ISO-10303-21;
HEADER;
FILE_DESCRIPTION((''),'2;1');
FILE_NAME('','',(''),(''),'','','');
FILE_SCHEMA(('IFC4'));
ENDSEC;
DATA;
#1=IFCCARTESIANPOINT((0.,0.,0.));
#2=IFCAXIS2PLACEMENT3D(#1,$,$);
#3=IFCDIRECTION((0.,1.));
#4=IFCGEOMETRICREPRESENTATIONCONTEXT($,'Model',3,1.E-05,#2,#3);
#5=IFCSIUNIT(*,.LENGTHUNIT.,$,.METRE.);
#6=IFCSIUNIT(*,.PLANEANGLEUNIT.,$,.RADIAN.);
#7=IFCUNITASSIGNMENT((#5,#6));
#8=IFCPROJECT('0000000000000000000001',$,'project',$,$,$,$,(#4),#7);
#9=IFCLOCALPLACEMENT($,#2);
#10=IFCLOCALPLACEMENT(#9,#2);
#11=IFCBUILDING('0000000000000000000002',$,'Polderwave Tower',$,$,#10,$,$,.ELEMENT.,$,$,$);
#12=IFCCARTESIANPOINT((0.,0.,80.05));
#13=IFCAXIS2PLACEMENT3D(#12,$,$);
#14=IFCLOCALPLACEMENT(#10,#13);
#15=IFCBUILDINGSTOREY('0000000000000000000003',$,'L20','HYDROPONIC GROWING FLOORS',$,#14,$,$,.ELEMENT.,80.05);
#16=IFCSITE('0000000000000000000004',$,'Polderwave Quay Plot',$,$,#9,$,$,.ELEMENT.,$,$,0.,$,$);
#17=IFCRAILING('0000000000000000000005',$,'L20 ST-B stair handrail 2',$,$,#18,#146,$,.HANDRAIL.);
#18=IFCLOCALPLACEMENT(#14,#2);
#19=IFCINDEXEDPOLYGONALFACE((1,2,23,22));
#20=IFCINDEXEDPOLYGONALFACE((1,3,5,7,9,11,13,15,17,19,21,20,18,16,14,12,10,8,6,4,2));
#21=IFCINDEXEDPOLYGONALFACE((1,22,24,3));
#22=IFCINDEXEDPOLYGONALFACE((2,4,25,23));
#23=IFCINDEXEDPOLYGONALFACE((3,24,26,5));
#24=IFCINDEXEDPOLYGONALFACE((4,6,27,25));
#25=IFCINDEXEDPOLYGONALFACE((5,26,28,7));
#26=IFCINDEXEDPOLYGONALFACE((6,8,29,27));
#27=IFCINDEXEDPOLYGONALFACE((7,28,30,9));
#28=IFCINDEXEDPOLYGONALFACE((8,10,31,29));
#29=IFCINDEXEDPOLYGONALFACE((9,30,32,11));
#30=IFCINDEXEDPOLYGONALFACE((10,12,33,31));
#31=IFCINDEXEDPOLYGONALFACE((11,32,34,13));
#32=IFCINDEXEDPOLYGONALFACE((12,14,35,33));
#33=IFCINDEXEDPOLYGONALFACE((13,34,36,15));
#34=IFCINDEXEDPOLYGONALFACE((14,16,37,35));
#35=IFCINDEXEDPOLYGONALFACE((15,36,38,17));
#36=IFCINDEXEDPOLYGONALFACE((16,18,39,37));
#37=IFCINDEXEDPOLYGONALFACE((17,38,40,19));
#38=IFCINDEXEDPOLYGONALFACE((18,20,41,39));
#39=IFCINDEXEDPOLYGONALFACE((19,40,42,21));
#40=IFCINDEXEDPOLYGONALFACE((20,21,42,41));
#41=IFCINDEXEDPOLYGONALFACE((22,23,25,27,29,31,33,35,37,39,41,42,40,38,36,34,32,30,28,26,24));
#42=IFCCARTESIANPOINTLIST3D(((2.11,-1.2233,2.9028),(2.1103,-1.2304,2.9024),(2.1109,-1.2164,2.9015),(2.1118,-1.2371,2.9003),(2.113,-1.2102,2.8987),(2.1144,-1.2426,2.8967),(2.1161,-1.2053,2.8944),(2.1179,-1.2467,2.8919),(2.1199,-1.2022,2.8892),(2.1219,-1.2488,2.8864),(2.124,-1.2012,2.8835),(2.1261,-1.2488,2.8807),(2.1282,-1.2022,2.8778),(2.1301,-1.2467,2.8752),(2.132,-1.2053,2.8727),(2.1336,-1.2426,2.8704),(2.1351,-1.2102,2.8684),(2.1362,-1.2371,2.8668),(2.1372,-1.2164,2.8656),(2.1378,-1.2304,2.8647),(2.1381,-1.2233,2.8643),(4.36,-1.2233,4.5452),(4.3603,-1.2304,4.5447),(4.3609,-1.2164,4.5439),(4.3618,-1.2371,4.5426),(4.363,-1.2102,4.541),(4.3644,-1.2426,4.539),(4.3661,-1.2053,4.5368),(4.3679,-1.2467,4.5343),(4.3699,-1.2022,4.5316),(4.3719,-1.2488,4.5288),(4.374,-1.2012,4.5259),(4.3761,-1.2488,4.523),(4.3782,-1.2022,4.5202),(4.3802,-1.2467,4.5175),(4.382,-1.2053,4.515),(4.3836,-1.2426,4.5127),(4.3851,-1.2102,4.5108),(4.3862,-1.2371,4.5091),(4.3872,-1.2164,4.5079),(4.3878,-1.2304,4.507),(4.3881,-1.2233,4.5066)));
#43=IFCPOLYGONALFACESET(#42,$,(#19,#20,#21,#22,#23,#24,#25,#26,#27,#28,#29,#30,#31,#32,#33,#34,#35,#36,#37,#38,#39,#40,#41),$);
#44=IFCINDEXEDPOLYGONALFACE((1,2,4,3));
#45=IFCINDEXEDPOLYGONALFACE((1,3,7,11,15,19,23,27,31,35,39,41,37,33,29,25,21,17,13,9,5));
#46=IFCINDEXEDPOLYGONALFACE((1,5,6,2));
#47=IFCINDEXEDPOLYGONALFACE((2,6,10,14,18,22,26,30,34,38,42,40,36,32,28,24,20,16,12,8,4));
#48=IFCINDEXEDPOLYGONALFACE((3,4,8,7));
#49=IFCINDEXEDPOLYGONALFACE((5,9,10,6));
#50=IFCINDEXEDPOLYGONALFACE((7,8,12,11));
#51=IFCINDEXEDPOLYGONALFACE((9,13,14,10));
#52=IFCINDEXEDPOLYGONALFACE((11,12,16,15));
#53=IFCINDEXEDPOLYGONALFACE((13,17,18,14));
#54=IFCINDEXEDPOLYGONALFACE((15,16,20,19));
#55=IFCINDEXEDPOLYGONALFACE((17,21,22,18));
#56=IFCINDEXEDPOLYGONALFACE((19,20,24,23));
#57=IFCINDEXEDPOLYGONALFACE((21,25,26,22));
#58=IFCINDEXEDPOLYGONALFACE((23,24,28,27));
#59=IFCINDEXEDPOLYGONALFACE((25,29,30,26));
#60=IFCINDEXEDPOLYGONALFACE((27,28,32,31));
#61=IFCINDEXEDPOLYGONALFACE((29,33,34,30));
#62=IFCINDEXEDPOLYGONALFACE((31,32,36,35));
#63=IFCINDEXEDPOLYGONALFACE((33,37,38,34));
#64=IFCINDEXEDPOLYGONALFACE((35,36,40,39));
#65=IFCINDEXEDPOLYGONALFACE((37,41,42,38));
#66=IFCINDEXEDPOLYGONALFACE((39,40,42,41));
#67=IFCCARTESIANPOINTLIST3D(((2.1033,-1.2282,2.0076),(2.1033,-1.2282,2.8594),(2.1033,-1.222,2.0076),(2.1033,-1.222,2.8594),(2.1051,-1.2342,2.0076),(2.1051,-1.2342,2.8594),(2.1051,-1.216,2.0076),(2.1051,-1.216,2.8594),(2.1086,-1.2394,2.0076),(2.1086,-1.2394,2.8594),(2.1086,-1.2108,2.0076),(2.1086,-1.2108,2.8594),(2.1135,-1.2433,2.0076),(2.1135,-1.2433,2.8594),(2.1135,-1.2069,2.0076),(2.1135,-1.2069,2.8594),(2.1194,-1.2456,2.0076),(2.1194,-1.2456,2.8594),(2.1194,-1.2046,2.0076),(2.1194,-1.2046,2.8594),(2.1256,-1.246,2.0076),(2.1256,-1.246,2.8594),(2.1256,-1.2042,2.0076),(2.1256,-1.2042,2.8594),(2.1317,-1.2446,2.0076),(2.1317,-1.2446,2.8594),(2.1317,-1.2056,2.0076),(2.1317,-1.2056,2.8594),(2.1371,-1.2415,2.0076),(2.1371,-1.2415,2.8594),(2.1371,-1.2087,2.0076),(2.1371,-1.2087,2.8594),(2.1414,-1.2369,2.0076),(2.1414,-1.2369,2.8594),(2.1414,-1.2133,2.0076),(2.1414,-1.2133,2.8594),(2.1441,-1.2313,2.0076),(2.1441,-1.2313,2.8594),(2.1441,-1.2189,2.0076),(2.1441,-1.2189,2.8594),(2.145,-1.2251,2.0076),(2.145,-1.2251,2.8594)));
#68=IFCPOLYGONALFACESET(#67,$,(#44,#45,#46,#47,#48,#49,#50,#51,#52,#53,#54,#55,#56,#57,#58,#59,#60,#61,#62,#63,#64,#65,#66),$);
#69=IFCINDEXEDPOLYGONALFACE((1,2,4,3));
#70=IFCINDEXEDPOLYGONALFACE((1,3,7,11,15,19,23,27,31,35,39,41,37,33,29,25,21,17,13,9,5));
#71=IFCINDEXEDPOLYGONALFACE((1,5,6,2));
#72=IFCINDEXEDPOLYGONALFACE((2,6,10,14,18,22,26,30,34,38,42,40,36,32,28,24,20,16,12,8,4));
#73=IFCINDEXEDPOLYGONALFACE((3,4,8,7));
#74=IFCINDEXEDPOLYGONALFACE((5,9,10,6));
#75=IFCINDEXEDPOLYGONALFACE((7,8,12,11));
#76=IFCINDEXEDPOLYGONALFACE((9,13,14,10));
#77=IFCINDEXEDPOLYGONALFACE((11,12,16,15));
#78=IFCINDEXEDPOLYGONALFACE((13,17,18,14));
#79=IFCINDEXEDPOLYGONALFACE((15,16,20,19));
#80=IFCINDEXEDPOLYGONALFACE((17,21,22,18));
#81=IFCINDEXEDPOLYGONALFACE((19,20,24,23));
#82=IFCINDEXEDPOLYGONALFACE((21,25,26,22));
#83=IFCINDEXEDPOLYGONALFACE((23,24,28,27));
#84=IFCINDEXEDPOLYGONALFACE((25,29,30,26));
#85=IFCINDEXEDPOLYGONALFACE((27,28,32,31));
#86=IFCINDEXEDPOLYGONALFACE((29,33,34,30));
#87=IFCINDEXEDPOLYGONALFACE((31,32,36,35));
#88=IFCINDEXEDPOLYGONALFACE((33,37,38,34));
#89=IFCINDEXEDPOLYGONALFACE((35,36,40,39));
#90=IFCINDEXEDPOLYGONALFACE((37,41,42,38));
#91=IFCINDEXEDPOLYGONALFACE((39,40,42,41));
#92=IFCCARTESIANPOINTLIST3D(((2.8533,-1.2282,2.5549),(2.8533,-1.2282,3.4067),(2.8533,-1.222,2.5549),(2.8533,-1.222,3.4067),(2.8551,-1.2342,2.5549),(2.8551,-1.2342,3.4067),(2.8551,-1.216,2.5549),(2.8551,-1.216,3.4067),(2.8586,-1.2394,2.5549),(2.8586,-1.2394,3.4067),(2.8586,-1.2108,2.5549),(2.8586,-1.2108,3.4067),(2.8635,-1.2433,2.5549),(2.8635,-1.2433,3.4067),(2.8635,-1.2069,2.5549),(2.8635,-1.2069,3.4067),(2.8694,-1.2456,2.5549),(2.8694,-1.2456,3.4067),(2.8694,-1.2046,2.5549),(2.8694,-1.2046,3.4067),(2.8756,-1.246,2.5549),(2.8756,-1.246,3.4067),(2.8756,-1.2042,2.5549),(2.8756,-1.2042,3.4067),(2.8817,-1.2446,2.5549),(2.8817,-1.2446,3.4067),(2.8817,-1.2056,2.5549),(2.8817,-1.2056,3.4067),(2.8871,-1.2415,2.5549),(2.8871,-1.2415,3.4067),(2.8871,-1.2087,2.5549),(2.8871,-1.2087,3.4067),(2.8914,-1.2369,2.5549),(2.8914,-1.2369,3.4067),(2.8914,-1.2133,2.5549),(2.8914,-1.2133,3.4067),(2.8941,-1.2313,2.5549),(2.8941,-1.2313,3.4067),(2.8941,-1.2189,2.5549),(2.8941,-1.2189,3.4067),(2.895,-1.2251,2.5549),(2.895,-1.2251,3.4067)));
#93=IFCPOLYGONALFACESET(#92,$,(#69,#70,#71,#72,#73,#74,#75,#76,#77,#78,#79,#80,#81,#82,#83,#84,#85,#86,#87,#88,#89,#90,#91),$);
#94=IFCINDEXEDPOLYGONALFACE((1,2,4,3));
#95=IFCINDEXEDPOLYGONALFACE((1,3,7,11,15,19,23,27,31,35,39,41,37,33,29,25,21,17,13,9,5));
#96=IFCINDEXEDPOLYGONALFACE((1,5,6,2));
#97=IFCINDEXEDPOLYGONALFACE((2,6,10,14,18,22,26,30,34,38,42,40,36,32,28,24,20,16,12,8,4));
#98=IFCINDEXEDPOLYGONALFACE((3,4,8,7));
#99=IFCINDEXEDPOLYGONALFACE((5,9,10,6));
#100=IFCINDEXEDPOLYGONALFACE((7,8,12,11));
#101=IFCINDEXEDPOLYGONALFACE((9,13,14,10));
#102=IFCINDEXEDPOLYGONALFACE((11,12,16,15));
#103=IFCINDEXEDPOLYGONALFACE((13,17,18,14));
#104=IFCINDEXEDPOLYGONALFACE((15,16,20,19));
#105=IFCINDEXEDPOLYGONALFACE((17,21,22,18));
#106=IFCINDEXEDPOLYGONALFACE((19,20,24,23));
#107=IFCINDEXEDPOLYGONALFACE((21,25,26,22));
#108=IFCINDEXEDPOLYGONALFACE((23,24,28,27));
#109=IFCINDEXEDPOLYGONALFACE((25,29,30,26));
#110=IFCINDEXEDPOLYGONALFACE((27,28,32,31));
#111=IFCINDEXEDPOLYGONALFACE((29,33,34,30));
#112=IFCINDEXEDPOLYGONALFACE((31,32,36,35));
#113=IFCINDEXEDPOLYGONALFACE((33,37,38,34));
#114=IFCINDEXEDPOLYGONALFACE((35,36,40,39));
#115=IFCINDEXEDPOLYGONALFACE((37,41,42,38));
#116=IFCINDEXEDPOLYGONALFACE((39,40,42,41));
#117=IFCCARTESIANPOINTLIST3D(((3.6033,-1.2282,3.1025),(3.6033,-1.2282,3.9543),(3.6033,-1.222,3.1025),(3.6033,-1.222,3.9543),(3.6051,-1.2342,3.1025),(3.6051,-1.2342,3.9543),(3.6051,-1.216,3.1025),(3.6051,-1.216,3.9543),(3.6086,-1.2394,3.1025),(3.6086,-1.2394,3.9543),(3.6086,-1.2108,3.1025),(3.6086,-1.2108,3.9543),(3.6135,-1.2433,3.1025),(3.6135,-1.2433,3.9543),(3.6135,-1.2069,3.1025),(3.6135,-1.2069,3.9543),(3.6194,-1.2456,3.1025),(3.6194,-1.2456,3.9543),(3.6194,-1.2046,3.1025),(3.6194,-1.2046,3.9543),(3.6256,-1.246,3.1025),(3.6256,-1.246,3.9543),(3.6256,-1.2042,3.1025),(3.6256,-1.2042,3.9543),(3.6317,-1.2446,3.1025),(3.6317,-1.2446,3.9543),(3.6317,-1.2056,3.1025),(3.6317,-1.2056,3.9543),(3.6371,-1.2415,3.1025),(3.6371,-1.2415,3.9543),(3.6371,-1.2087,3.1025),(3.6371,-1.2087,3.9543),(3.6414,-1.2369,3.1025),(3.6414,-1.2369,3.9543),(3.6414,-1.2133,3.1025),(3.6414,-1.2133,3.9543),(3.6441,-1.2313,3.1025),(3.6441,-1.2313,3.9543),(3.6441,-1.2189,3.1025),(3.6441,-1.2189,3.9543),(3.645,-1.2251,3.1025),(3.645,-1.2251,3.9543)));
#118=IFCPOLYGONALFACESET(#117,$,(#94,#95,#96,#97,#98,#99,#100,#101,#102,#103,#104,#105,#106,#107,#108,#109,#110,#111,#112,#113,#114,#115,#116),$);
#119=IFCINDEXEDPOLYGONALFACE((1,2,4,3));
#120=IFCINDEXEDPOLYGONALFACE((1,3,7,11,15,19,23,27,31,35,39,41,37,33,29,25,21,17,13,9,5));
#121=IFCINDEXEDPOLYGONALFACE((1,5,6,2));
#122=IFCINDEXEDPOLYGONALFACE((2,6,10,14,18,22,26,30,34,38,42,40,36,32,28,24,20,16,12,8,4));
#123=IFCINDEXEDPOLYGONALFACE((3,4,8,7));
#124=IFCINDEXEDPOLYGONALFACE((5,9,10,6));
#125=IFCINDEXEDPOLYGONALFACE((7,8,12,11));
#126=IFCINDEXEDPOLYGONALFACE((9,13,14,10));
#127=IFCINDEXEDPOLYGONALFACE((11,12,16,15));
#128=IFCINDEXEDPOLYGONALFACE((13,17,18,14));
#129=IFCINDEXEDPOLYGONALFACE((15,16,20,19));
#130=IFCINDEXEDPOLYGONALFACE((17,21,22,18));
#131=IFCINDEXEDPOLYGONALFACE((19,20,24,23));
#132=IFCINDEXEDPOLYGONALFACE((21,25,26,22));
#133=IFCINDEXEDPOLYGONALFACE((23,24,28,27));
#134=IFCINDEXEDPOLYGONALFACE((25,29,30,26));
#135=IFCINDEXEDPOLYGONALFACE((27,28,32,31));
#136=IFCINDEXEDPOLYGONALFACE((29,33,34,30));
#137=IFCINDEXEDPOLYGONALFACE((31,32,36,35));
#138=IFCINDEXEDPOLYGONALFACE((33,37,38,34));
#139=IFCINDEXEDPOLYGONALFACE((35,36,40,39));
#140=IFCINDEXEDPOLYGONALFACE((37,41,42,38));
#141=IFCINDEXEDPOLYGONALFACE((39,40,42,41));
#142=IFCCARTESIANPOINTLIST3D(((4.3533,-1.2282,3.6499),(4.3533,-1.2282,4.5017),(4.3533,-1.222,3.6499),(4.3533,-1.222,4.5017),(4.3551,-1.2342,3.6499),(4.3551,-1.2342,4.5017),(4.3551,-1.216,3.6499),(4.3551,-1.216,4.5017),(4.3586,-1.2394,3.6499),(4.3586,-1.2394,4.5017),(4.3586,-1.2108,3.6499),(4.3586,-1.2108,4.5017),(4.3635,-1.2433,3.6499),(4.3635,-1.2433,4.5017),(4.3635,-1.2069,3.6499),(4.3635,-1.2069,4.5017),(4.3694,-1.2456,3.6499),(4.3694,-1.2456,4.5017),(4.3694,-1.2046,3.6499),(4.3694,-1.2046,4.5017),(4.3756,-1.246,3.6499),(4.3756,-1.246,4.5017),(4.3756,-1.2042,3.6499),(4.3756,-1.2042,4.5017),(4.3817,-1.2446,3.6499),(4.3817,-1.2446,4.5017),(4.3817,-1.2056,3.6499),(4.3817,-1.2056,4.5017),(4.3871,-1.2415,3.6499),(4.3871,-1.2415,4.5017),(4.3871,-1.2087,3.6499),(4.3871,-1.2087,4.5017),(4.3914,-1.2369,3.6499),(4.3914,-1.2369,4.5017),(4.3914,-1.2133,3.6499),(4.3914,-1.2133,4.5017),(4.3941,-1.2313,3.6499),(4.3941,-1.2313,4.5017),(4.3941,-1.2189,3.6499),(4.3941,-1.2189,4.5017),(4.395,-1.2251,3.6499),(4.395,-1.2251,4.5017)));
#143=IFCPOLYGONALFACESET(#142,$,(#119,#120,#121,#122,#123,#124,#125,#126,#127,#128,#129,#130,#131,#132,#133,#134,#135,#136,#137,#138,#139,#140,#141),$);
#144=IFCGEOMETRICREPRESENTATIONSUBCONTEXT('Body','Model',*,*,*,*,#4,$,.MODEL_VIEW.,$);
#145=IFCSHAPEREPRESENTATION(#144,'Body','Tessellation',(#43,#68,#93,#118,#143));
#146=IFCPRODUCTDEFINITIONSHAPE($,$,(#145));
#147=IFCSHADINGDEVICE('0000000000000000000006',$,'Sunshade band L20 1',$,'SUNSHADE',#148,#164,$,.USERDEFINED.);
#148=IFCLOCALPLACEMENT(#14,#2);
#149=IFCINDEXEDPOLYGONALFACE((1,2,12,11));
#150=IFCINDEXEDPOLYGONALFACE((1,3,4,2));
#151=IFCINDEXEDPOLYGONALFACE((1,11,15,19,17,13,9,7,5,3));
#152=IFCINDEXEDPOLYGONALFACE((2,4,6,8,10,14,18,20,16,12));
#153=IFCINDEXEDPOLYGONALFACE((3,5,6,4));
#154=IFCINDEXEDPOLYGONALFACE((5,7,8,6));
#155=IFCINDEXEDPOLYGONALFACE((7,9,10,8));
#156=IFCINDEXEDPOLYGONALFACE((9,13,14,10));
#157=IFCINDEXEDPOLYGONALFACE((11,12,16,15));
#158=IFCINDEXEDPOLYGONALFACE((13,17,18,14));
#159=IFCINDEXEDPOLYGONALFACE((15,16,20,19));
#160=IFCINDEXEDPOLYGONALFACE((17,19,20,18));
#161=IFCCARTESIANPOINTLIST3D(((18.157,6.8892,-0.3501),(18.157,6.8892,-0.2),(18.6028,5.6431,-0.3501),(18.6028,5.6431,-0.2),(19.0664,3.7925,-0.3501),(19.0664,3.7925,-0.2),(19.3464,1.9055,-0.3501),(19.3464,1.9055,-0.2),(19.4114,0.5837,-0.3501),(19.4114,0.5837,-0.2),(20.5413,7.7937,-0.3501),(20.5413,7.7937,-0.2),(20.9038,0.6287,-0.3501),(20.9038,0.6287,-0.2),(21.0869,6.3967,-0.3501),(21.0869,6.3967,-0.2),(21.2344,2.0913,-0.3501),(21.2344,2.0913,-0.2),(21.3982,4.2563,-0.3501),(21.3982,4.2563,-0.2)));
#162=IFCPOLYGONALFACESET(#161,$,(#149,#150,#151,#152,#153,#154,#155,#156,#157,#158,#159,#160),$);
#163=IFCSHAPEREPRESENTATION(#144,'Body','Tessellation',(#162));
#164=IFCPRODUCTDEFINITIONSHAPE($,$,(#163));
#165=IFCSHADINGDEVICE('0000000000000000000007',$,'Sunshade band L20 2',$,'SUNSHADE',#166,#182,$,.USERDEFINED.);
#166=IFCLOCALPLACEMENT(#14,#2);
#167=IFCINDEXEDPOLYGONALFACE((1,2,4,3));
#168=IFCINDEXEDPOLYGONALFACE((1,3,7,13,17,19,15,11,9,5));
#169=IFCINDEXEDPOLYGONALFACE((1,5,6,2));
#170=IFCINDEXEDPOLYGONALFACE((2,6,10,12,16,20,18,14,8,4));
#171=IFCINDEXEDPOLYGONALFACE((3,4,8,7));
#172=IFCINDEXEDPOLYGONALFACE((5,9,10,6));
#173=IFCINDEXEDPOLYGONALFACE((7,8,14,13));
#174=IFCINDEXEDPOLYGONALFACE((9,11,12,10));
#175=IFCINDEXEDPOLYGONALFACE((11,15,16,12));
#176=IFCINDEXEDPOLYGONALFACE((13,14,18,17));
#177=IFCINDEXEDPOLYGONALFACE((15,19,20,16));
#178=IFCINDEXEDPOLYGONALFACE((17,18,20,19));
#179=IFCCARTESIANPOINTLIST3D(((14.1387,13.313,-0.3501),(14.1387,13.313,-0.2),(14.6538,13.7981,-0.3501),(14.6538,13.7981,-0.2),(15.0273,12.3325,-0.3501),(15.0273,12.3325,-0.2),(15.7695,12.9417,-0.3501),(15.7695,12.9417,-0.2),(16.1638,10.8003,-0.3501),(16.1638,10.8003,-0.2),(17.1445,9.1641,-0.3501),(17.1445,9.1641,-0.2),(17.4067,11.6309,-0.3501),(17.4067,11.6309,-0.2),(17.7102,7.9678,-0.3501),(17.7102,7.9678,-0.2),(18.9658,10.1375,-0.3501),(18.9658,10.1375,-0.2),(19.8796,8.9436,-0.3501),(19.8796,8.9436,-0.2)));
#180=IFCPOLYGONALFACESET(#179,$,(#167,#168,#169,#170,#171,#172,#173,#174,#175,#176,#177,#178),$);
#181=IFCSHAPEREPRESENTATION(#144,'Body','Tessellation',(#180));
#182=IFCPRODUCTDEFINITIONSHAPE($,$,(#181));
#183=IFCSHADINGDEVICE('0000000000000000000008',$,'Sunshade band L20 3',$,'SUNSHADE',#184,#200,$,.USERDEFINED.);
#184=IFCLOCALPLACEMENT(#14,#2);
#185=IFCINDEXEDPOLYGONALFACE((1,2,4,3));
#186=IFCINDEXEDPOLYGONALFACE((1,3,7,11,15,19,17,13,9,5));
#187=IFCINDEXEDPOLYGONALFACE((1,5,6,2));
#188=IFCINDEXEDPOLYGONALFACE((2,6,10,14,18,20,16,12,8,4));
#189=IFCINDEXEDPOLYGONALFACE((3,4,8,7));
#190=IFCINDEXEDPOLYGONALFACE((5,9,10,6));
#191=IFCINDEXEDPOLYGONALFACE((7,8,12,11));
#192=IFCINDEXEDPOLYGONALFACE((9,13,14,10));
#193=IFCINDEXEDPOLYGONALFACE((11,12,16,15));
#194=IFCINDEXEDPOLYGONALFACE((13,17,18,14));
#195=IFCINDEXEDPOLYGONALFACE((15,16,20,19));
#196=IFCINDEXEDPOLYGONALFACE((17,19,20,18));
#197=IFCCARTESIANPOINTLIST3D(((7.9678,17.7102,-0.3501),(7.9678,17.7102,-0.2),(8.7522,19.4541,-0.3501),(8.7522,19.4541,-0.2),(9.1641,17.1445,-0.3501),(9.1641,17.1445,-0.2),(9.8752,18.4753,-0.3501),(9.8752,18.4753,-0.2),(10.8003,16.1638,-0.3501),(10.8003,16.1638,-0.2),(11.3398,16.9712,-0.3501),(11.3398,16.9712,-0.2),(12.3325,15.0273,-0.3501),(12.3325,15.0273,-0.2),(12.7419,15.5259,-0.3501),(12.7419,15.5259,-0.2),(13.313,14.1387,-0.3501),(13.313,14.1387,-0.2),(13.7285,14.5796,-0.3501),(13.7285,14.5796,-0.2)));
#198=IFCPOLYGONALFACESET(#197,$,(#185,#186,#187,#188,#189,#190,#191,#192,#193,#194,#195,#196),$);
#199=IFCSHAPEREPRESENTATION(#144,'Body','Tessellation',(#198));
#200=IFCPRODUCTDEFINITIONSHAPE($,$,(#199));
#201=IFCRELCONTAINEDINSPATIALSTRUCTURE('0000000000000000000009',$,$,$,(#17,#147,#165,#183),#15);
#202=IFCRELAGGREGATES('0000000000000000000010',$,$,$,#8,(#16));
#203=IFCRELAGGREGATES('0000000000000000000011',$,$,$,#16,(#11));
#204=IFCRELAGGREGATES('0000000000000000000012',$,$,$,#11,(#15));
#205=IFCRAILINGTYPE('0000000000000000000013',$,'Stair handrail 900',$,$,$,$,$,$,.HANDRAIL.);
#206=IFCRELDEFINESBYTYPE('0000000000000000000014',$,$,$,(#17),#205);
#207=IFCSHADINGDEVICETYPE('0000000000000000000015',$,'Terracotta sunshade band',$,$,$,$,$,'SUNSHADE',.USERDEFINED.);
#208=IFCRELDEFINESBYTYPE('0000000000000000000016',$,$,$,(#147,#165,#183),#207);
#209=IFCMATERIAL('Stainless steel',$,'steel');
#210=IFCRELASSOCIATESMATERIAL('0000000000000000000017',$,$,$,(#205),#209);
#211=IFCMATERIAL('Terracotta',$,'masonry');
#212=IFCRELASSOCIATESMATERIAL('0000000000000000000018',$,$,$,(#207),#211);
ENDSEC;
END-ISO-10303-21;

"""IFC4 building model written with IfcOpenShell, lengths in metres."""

from ifc_helpers import new_model, si_unit, direction, frame, origin, origin_2d, place, context, subcontext, project, spatial, polyline, circle, outline, extrude, material, type_object, element, save


model = new_model("IFC4")

# Units and contexts
model_context = context("Model", 3, precision=1e-05, world=origin(), true_north=direction((0.0, 1.0)))
body_context = subcontext(model_context, "Body", "Model", "MODEL_VIEW")
ifc_project = project(units=[si_unit("LENGTHUNIT", "METRE"), si_unit("PLANEANGLEUNIT", "RADIAN")], contexts=[model_context])

# Site, building, storey
site_placement = place(None, origin())
site = spatial("IfcSite", under=ifc_project, at=site_placement, Name="Polderwave Quay Plot", CompositionType="ELEMENT", RefElevation=0.0)
building_placement = place(site_placement, origin())
building = spatial("IfcBuilding", under=site, at=building_placement, Name="Polderwave Tower", CompositionType="ELEMENT")
storey_placement = place(building_placement, frame((0.0, 0.0, 80.05)))
storey = spatial("IfcBuildingStorey", under=building, at=storey_placement, Name="L20", Description="HYDROPONIC GROWING FLOORS", CompositionType="ELEMENT", Elevation=80.05)

# Railing
ifc_material_1 = material(Name="Stainless steel", Category="steel")
railing_type_1 = type_object("IfcRailingType", Name="Stair handrail 900", PredefinedType="HANDRAIL", material=ifc_material_1)
railing_1_placement = place(storey_placement, frame((2.124, -1.2251, 2.0076)))
element("IfcRailing", 1, at=railing_1_placement, inside=storey, type_object=railing_type_1, Name="L20 ST-B stair handrail 2", PredefinedType="HANDRAIL", context=body_context, shape_type="SweptSolid", body=[
    extrude(circle(Radius=0.0239, at=origin_2d()), frame((0.0, 0.0, 0.876), z_axis=(0.807715, 0.0, 0.589573), x_axis=(0.0, 1.0, 0.0)), (0.0, 0.0, 1.0), 2.7856),
    extrude(circle(Radius=0.021, at=origin_2d()), origin(), (0.0, 0.0, 1.0), 0.8518),
    extrude(circle(Radius=0.021, at=origin_2d()), frame((0.75, 0.0, 0.5474)), (0.0, 0.0, 1.0), 0.8518),
    extrude(circle(Radius=0.021, at=origin_2d()), frame((1.5, 0.0, 1.095)), (0.0, 0.0, 1.0), 0.8518),
    extrude(circle(Radius=0.021, at=origin_2d()), frame((2.25, 0.0, 1.6423)), (0.0, 0.0, 1.0), 0.8518),
])

# Shading devices
ifc_material_2 = material(Name="Terracotta", Category="masonry")
shading_device_type = type_object("IfcShadingDeviceType", Name="Terracotta sunshade band", ElementType="SUNSHADE", PredefinedType="USERDEFINED", material=ifc_material_2)
shading_device_1_placement = place(storey_placement, frame((0.0, 0.0, -0.3501)))
element("IfcShadingDevice", 2, at=shading_device_1_placement, inside=storey, type_object=shading_device_type, Name="Sunshade band L20 1", ObjectType="SUNSHADE", PredefinedType="USERDEFINED", context=body_context, shape_type="SweptSolid", body=[
    extrude(outline(polyline([(19.4114, 0.5837), (19.3464, 1.9055), (19.0664, 3.7925), (18.6028, 5.6431), (18.157, 6.8892), (20.5413, 7.7937), (21.0869, 6.3967), (21.3982, 4.2563), (21.2344, 2.0913), (20.9038, 0.6287), (19.4114, 0.5837)])), origin(), (0.0, 0.0, 1.0), 0.1501),
])
shading_device_2_placement = place(storey_placement, frame((0.0, 0.0, -0.3501)))
element("IfcShadingDevice", 3, at=shading_device_2_placement, inside=storey, type_object=shading_device_type, Name="Sunshade band L20 2", ObjectType="SUNSHADE", PredefinedType="USERDEFINED", context=body_context, shape_type="SweptSolid", body=[
    extrude(outline(polyline([(17.7102, 7.9678), (17.1445, 9.1641), (16.1638, 10.8003), (15.0273, 12.3325), (14.1387, 13.313), (14.6538, 13.7981), (15.7695, 12.9417), (17.4067, 11.6309), (18.9658, 10.1375), (19.8796, 8.9436), (17.7102, 7.9678)])), origin(), (0.0, 0.0, 1.0), 0.1501),
])
shading_device_3_placement = place(storey_placement, frame((0.0, 0.0, -0.3501)))
element("IfcShadingDevice", 4, at=shading_device_3_placement, inside=storey, type_object=shading_device_type, Name="Sunshade band L20 3", ObjectType="SUNSHADE", PredefinedType="USERDEFINED", context=body_context, shape_type="SweptSolid", body=[
    extrude(outline(polyline([(13.313, 14.1387), (12.3325, 15.0273), (10.8003, 16.1638), (9.1641, 17.1445), (7.9678, 17.7102), (8.7522, 19.4541), (9.8752, 18.4753), (11.3398, 16.9712), (12.7419, 15.5259), (13.7285, 14.5796), (13.313, 14.1387)])), origin(), (0.0, 0.0, 1.0), 0.1501),
])

save(model, "model.ifc")
